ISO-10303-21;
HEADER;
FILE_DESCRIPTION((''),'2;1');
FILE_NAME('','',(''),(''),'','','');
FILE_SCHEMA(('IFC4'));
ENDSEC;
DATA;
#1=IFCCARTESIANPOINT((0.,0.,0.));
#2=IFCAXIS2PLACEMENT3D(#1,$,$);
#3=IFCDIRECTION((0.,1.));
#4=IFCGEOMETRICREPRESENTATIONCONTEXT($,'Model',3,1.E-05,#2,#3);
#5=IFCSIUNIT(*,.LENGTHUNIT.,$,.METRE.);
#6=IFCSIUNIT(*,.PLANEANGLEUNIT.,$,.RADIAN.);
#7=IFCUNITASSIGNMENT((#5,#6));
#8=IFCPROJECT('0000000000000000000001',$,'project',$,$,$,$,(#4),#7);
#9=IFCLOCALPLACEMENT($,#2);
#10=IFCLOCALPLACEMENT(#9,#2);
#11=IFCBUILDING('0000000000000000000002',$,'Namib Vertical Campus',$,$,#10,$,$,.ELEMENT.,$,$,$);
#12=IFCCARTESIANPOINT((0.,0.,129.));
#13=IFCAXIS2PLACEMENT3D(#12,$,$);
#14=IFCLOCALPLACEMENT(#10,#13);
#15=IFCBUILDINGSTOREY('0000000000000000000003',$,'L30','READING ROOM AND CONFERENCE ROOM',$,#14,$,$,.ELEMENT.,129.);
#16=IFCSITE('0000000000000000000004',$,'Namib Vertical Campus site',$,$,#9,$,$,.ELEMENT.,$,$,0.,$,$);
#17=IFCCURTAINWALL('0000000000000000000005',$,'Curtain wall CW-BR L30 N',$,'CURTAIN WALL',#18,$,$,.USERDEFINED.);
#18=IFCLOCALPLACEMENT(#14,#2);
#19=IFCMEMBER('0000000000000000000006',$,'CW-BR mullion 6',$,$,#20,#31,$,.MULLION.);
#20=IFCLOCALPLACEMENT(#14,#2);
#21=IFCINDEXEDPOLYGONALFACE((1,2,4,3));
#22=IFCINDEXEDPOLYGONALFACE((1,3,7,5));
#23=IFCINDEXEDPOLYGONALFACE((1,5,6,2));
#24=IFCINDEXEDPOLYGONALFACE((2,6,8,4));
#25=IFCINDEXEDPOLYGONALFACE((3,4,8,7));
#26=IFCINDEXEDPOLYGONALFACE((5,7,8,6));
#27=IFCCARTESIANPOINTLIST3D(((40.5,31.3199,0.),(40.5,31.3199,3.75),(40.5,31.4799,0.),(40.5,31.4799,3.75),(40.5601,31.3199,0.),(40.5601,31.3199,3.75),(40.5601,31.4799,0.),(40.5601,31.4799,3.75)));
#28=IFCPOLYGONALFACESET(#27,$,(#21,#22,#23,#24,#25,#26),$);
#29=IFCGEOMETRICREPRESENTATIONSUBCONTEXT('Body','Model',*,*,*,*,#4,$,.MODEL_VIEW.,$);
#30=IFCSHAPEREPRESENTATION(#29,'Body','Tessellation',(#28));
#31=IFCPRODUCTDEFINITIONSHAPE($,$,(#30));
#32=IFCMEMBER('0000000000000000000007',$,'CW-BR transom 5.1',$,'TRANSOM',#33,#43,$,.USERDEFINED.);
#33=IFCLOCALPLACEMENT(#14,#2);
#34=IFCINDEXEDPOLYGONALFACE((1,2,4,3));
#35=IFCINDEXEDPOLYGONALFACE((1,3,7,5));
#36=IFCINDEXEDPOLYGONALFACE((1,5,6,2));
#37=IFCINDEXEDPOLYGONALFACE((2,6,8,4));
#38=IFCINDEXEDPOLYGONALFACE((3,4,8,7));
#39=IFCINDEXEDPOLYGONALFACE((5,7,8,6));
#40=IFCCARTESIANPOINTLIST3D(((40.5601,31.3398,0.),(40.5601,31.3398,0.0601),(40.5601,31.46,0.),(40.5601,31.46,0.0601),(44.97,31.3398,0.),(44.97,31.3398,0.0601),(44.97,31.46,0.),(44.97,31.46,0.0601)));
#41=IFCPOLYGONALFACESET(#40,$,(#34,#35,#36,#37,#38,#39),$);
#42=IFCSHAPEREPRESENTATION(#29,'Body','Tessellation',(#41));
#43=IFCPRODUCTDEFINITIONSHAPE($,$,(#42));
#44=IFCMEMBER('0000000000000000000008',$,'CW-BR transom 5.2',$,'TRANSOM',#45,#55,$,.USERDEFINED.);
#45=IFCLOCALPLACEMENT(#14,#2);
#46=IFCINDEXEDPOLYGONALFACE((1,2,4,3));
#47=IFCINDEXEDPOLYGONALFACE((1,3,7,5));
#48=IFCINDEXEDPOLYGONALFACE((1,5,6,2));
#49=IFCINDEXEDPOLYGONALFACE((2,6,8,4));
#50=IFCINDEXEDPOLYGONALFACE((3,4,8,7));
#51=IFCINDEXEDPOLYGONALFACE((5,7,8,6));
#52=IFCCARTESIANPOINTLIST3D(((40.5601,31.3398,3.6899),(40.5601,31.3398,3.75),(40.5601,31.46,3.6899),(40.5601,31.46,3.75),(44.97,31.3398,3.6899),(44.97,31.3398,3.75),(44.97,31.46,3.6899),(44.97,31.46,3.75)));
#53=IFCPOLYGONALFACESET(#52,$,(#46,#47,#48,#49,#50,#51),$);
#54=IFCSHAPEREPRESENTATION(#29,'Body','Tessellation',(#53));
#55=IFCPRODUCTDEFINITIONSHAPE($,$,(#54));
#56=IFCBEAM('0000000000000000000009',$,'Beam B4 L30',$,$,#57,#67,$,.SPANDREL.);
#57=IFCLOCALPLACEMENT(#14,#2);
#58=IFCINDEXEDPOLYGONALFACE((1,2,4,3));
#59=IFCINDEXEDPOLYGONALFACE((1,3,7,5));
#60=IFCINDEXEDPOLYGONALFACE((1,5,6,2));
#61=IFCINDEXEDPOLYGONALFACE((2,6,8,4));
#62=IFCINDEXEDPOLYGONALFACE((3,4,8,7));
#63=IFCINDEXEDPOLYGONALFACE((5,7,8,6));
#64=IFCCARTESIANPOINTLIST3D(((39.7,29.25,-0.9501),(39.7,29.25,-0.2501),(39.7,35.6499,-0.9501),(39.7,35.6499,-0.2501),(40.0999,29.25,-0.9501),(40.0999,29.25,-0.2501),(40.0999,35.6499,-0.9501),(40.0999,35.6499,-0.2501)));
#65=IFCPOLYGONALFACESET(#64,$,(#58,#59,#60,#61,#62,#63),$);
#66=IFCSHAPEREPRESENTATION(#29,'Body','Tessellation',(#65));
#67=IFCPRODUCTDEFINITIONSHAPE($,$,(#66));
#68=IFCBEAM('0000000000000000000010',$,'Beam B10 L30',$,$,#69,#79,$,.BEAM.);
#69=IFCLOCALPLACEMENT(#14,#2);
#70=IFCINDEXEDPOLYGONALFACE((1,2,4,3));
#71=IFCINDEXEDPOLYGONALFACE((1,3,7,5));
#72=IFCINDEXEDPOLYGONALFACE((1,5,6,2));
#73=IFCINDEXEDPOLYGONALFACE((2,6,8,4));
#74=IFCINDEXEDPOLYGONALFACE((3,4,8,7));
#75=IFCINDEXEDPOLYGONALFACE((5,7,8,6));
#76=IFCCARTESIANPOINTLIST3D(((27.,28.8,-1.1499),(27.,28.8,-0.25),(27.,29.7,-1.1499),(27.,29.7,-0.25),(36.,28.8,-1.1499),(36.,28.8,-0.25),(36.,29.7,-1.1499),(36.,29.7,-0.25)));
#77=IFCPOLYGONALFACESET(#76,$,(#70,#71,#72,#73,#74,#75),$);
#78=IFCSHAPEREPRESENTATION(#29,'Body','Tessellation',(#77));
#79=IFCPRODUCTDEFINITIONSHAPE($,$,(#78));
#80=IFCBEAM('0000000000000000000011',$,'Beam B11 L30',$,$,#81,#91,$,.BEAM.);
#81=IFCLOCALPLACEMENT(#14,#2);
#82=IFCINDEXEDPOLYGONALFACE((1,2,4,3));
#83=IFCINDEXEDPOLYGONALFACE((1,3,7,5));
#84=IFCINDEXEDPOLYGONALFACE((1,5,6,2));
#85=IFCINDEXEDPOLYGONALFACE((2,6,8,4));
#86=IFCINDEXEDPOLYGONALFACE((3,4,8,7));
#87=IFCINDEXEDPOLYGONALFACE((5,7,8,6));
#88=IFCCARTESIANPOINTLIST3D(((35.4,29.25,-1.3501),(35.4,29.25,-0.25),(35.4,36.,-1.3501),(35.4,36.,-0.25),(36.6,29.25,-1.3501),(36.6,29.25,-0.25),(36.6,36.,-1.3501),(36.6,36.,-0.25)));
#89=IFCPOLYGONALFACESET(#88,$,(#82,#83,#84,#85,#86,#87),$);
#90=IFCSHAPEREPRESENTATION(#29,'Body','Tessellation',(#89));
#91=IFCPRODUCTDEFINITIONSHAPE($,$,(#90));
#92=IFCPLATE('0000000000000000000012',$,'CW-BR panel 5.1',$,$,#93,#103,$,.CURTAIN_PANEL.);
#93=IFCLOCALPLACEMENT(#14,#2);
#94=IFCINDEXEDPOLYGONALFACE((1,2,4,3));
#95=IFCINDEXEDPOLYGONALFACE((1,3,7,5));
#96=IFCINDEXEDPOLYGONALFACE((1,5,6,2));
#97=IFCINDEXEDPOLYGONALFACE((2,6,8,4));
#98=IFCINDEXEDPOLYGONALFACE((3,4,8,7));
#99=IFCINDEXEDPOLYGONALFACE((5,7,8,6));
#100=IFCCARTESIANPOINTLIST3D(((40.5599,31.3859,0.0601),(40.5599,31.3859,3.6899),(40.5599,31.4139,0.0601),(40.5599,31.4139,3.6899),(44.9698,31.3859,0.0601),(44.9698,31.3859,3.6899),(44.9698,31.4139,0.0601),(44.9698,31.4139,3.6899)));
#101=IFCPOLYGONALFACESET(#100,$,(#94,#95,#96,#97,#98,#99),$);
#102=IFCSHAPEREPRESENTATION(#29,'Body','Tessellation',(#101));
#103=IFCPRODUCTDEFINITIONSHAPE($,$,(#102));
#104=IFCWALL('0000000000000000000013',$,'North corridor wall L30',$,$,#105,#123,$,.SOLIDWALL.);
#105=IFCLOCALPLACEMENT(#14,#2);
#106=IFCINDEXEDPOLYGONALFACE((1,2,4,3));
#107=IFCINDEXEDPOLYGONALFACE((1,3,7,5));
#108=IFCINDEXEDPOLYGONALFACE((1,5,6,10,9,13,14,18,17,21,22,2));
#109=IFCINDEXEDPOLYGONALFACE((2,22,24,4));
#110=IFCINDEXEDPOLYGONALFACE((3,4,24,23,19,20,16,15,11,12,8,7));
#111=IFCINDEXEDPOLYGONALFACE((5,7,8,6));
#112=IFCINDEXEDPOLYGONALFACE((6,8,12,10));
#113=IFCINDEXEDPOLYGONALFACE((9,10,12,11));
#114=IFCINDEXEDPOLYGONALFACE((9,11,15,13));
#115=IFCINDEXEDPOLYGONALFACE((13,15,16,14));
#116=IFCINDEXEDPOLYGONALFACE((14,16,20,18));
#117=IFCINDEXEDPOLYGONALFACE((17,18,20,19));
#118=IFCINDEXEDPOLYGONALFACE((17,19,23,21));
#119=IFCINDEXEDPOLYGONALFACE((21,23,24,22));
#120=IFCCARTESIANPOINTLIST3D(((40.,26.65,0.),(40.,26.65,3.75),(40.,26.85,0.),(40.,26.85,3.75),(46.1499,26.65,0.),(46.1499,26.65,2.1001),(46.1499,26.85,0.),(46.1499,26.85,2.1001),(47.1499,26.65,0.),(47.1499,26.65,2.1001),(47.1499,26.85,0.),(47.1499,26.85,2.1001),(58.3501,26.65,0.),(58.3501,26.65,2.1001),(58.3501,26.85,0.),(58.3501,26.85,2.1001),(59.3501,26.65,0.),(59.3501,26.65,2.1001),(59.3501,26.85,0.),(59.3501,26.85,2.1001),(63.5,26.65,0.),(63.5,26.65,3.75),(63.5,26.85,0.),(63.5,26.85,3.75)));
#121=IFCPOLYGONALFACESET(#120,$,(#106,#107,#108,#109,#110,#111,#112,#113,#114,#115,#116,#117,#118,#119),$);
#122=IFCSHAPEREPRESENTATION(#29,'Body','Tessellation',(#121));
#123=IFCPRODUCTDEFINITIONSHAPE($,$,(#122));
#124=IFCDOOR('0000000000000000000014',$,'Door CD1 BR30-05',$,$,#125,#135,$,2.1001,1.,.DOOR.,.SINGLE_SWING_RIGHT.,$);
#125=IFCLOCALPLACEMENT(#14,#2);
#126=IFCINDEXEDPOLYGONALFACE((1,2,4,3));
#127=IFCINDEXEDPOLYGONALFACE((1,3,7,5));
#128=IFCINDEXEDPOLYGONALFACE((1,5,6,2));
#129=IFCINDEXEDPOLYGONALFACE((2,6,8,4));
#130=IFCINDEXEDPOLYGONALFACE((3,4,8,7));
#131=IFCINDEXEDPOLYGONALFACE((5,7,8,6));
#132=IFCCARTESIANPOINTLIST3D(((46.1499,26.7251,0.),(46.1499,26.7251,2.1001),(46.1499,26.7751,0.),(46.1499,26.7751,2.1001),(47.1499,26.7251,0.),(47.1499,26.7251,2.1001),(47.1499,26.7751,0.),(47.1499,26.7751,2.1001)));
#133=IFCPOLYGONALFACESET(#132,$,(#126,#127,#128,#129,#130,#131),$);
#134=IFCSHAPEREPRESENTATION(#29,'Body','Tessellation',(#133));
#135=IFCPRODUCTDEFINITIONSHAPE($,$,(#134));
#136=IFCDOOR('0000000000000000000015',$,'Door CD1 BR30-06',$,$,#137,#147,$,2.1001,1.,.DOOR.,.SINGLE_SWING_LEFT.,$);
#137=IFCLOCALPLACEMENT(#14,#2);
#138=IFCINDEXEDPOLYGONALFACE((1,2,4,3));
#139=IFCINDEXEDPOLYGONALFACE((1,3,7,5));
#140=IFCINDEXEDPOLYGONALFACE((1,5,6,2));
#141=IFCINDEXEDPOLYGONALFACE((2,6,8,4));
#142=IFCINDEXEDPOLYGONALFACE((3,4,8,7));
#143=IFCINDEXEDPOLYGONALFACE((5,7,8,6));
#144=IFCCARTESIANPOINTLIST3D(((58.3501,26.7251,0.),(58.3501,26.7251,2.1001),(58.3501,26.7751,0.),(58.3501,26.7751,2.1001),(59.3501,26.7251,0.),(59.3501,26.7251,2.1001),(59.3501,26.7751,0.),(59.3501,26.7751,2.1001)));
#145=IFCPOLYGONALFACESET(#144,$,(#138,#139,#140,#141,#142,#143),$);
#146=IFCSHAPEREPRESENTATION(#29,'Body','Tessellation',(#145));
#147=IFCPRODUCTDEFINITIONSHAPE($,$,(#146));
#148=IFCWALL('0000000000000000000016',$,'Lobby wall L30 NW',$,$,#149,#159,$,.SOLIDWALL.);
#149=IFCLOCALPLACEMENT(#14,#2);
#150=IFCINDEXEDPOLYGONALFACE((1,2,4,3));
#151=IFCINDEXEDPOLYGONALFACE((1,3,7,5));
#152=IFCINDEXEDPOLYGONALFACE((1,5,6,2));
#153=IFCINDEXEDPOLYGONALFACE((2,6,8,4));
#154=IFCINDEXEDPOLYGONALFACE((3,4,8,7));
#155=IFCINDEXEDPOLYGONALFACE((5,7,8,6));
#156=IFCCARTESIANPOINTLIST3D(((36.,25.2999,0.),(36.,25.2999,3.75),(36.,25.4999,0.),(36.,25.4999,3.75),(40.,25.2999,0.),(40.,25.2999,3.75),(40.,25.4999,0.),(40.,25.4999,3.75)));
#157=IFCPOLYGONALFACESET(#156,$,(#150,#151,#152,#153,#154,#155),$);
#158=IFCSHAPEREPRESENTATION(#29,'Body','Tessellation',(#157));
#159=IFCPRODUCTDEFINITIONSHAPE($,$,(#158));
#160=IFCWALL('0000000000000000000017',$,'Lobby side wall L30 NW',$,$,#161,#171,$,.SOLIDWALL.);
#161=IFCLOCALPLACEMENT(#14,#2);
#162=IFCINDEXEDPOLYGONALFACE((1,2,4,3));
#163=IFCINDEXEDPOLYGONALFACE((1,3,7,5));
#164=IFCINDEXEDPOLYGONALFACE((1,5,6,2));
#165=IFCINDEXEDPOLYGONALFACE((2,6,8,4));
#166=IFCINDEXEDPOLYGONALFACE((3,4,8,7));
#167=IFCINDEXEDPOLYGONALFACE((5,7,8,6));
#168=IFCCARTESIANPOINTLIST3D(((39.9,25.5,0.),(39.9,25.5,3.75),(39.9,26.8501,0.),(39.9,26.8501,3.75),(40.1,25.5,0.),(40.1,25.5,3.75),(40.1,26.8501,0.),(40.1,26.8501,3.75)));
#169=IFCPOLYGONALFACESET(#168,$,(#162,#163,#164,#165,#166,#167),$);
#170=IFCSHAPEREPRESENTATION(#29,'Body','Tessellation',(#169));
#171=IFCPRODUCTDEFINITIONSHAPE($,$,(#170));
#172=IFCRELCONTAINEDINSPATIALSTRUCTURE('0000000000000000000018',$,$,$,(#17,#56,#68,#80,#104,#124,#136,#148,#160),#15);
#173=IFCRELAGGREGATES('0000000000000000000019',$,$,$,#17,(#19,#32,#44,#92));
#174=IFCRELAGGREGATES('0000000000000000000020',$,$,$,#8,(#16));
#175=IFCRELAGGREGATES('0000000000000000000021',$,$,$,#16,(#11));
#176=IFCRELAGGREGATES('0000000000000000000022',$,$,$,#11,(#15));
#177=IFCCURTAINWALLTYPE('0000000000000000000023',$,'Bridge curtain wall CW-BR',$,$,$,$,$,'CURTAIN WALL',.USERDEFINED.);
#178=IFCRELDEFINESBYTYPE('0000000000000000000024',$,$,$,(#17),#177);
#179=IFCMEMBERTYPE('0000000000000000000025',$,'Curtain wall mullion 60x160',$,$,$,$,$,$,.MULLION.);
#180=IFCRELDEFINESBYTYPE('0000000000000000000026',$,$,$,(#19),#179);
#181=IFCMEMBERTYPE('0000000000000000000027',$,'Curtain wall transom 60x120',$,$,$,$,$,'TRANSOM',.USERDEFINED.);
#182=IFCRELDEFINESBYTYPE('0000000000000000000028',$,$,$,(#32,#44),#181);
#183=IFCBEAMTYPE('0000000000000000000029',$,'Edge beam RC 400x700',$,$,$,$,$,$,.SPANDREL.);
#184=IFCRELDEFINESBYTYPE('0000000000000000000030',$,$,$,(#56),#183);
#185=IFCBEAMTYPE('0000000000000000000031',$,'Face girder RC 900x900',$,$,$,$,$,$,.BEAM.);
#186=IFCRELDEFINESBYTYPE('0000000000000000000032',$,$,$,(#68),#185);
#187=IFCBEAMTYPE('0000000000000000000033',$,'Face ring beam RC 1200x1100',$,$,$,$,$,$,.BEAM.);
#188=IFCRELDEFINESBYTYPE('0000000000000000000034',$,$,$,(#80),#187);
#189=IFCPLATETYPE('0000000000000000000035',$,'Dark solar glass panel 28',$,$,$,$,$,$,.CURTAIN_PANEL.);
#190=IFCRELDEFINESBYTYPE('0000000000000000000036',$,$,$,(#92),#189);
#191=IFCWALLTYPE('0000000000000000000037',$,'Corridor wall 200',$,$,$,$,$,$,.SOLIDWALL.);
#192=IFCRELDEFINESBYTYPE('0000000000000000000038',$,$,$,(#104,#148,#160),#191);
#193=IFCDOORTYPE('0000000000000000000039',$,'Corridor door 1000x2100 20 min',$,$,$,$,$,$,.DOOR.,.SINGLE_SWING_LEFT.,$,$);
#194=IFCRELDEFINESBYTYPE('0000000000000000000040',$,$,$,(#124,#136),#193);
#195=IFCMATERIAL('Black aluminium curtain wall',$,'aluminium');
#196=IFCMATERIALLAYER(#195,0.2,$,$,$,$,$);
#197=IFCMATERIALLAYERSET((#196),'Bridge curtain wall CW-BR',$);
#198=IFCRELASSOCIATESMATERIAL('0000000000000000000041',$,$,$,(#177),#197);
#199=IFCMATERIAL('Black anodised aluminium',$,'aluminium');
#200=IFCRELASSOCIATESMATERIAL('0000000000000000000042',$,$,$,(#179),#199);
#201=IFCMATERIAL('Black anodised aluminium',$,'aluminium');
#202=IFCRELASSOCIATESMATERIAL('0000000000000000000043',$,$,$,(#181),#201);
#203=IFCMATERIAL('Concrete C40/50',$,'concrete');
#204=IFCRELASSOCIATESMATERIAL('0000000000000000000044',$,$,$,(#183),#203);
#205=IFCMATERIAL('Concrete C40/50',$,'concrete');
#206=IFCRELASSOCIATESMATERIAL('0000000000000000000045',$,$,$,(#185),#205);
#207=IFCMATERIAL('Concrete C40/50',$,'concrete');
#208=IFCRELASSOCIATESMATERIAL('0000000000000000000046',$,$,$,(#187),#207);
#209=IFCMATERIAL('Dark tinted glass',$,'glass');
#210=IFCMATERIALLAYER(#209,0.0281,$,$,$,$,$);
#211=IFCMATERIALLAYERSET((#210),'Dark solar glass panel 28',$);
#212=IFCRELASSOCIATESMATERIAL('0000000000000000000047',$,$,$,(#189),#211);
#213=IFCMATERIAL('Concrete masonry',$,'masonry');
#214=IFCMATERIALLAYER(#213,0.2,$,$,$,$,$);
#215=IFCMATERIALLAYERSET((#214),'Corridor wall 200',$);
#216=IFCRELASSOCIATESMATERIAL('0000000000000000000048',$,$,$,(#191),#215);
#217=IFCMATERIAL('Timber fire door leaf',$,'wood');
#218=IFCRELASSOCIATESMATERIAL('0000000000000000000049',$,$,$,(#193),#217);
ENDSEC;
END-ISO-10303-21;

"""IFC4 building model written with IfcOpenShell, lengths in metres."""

from ifc_helpers import new_model, si_unit, direction, frame, frame_2d, origin, origin_2d, place, context, subcontext, project, spatial, rectangle, extrude, material, layer, layer_set, material_profile, profile_set, type_object, element, fill, aggregate, save


model = new_model("IFC4")

# Units and contexts
model_context = context("Model", 3, precision=1e-05, world=origin(), true_north=direction((0.0, 1.0)))
body_context = subcontext(model_context, "Body", "Model", "MODEL_VIEW")
ifc_project = project(units=[si_unit("LENGTHUNIT", "METRE"), si_unit("PLANEANGLEUNIT", "RADIAN")], contexts=[model_context])

# Site, building, storey
site_placement = place(None, origin())
site = spatial("IfcSite", under=ifc_project, at=site_placement, Name="Namib Vertical Campus site", CompositionType="ELEMENT", RefElevation=0.0)
building_placement = place(site_placement, origin())
building = spatial("IfcBuilding", under=site, at=building_placement, Name="Namib Vertical Campus", CompositionType="ELEMENT")
storey_placement = place(building_placement, frame((0.0, 0.0, 129.0)))
storey = spatial("IfcBuildingStorey", under=building, at=storey_placement, Name="L30", Description="READING ROOM AND CONFERENCE ROOM", CompositionType="ELEMENT", Elevation=129.0)

# Curtain wall, members
ifc_material_1 = material(Name="Black aluminium curtain wall", Category="aluminium")
ifc_layer_1 = layer(ifc_material_1, 0.2)
ifc_layer_set_1 = layer_set([ifc_layer_1], Name="Bridge curtain wall CW-BR")
curtain_wall_type = type_object("IfcCurtainWallType", Name="Bridge curtain wall CW-BR", ElementType="CURTAIN WALL", PredefinedType="USERDEFINED", material=ifc_layer_set_1)
curtain_wall_placement = place(storey_placement, origin())
curtain_wall = element("IfcCurtainWall", 1, at=curtain_wall_placement, inside=storey, type_object=curtain_wall_type, Name="Curtain wall CW-BR L30 N", ObjectType="CURTAIN WALL", PredefinedType="USERDEFINED")
ifc_material_2 = material(Name="Black anodised aluminium", Category="aluminium")
ifc_material_profile_1 = material_profile(ifc_material_2, rectangle(XDim=0.0601, YDim=0.1599, at=origin_2d()))
ifc_profile_set_1 = profile_set([ifc_material_profile_1], Name="Black anodised aluminium")
member_type_1 = type_object("IfcMemberType", Name="Curtain wall mullion 60x160", PredefinedType="MULLION", material=ifc_profile_set_1)
member_1_placement = place(storey_placement, frame((40.53, 31.3999, 0.0), z_axis=(0.0, 0.0, 1.0), x_axis=(-1.0, 0.0, 0.0)))
member_1 = element("IfcMember", 2, at=member_1_placement, type_object=member_type_1, Name="CW-BR mullion 6", PredefinedType="MULLION", context=body_context, shape_type="SweptSolid", body=[
    extrude(rectangle(XDim=0.0601, YDim=0.1599, at=origin_2d()), origin(), (0.0, 0.0, 1.0), 3.75),
])
ifc_material_3 = material(Name="Black anodised aluminium", Category="aluminium")
ifc_material_profile_2 = material_profile(ifc_material_3, rectangle(XDim=0.0601, YDim=0.1201, at=origin_2d()))
ifc_profile_set_2 = profile_set([ifc_material_profile_2], Name="Black anodised aluminium")
member_type_2 = type_object("IfcMemberType", Name="Curtain wall transom 60x120", ElementType="TRANSOM", PredefinedType="USERDEFINED", material=ifc_profile_set_2)
member_2_placement = place(storey_placement, frame((44.97, 31.3999, 0.03), z_axis=(-1.0, 0.0, 0.0), x_axis=(0.0, 0.0, 1.0)))
member_2 = element("IfcMember", 3, at=member_2_placement, type_object=member_type_2, Name="CW-BR transom 5.1", ObjectType="TRANSOM", PredefinedType="USERDEFINED", context=body_context, shape_type="SweptSolid", body=[
    extrude(rectangle(XDim=0.0601, YDim=0.1201, at=origin_2d()), origin(), (0.0, 0.0, 1.0), 4.4099),
])
member_3_placement = place(storey_placement, frame((44.97, 31.3999, 3.72), z_axis=(-1.0, 0.0, 0.0), x_axis=(0.0, 0.0, 1.0)))
member_3 = element("IfcMember", 4, at=member_3_placement, type_object=member_type_2, Name="CW-BR transom 5.2", ObjectType="TRANSOM", PredefinedType="USERDEFINED", context=body_context, shape_type="SweptSolid", body=[
    extrude(rectangle(XDim=0.0601, YDim=0.1201, at=origin_2d()), origin(), (0.0, 0.0, 1.0), 4.4099),
])

# Beams
ifc_material_4 = material(Name="Concrete C40/50", Category="concrete")
ifc_material_profile_3 = material_profile(ifc_material_4, rectangle(XDim=0.3999, YDim=0.7, at=origin_2d()))
ifc_profile_set_3 = profile_set([ifc_material_profile_3], Name="Concrete C40/50")
beam_type_1 = type_object("IfcBeamType", Name="Edge beam RC 400x700", PredefinedType="SPANDREL", material=ifc_profile_set_3)
beam_1_placement = place(storey_placement, frame((39.8999, 29.25, -0.6001), z_axis=(0.0, 1.0, 0.0), x_axis=(-1.0, 0.0, 0.0)))
element("IfcBeam", 5, at=beam_1_placement, inside=storey, type_object=beam_type_1, Name="Beam B4 L30", PredefinedType="SPANDREL", context=body_context, shape_type="SweptSolid", body=[
    extrude(rectangle(XDim=0.3999, YDim=0.7, at=origin_2d()), origin(), (0.0, 0.0, 1.0), 6.3999),
])
ifc_material_5 = material(Name="Concrete C40/50", Category="concrete")
ifc_material_profile_4 = material_profile(ifc_material_5, rectangle(XDim=0.8999, YDim=0.8999, at=origin_2d()))
ifc_profile_set_4 = profile_set([ifc_material_profile_4], Name="Concrete C40/50")
beam_type_2 = type_object("IfcBeamType", Name="Face girder RC 900x900", PredefinedType="BEAM", material=ifc_profile_set_4)
beam_2_placement = place(storey_placement, frame((36.0, 29.25, -0.7), z_axis=(-1.0, 0.0, 0.0), x_axis=(0.0, -1.0, 0.0)))
element("IfcBeam", 6, at=beam_2_placement, inside=storey, type_object=beam_type_2, Name="Beam B10 L30", PredefinedType="BEAM", context=body_context, shape_type="SweptSolid", body=[
    extrude(rectangle(XDim=0.8999, YDim=0.8999, at=origin_2d()), origin(), (0.0, 0.0, 1.0), 9.0),
])
ifc_material_6 = material(Name="Concrete C40/50", Category="concrete")
ifc_material_profile_5 = material_profile(ifc_material_6, rectangle(XDim=1.2, YDim=1.1001, at=origin_2d()))
ifc_profile_set_5 = profile_set([ifc_material_profile_5], Name="Concrete C40/50")
beam_type_3 = type_object("IfcBeamType", Name="Face ring beam RC 1200x1100", PredefinedType="BEAM", material=ifc_profile_set_5)
beam_3_placement = place(storey_placement, frame((36.0, 29.25, -0.8), z_axis=(0.0, 1.0, 0.0), x_axis=(-1.0, 0.0, 0.0)))
element("IfcBeam", 7, at=beam_3_placement, inside=storey, type_object=beam_type_3, Name="Beam B11 L30", PredefinedType="BEAM", context=body_context, shape_type="SweptSolid", body=[
    extrude(rectangle(XDim=1.2, YDim=1.1001, at=origin_2d()), origin(), (0.0, 0.0, 1.0), 6.75),
])

# Plate
ifc_material_7 = material(Name="Dark tinted glass", Category="glass")
ifc_layer_2 = layer(ifc_material_7, 0.0281)
ifc_layer_set_2 = layer_set([ifc_layer_2], Name="Dark solar glass panel 28")
plate_type = type_object("IfcPlateType", Name="Dark solar glass panel 28", PredefinedType="CURTAIN_PANEL", material=ifc_layer_set_2)
plate_placement = place(storey_placement, frame((42.7649, 31.3999, 0.0601), z_axis=(0.0, 0.0, 1.0), x_axis=(-1.0, 0.0, 0.0)))
plate = element("IfcPlate", 8, at=plate_placement, type_object=plate_type, Name="CW-BR panel 5.1", PredefinedType="CURTAIN_PANEL", context=body_context, shape_type="SweptSolid", body=[
    extrude(rectangle(XDim=4.4099, YDim=0.0281, at=origin_2d()), origin(), (0.0, 0.0, 1.0), 3.6299),
])
aggregate(curtain_wall, [member_1, member_2, member_3, plate])

# Wall, openings, doors
ifc_material_8 = material(Name="Concrete masonry", Category="masonry")
ifc_layer_3 = layer(ifc_material_8, 0.2)
ifc_layer_set_3 = layer_set([ifc_layer_3], Name="Corridor wall 200")
wall_type_1 = type_object("IfcWallType", Name="Corridor wall 200", PredefinedType="SOLIDWALL", material=ifc_layer_set_3)
wall_1_placement = place(storey_placement, frame((40.0, 26.75, 0.0), z_axis=(0.0, 0.0, 1.0), x_axis=(1.0, 0.0, 0.0)))
wall_1 = element("IfcWall", 9, at=wall_1_placement, inside=storey, type_object=wall_type_1, Name="North corridor wall L30", PredefinedType="SOLIDWALL", context=body_context, shape_type="SweptSolid", body=[
    extrude(rectangle(XDim=23.5, YDim=0.2, at=frame_2d((11.75, 0.0))), origin(), (0.0, 0.0, 1.0), 3.75),
])
opening_1_placement = place(wall_1_placement, frame((6.1499, 0.0, 0.0)))
opening_1 = element("IfcOpeningElement", 10, at=opening_1_placement, cuts=wall_1, PredefinedType="OPENING", context=body_context, shape_type="SweptSolid", body=[
    extrude(rectangle(XDim=1.0, YDim=2.1001, at=frame_2d((0.5, 1.05))), frame((0.0, 0.1099, 0.0), z_axis=(0.0, -1.0, 0.0), x_axis=(1.0, 0.0, 0.0)), (0.0, 0.0, 1.0), 0.22),
])
opening_2_placement = place(wall_1_placement, frame((18.3501, 0.0, 0.0)))
opening_2 = element("IfcOpeningElement", 11, at=opening_2_placement, cuts=wall_1, PredefinedType="OPENING", context=body_context, shape_type="SweptSolid", body=[
    extrude(rectangle(XDim=1.0, YDim=2.1001, at=frame_2d((0.5, 1.05))), frame((0.0, 0.1099, 0.0), z_axis=(0.0, -1.0, 0.0), x_axis=(1.0, 0.0, 0.0)), (0.0, 0.0, 1.0), 0.22),
])
ifc_material_9 = material(Name="Timber fire door leaf", Category="wood")
door_type = type_object("IfcDoorType", Name="Corridor door 1000x2100 20 min", OperationType="SINGLE_SWING_LEFT", PredefinedType="DOOR", material=ifc_material_9)
door_1_placement = place(opening_1_placement, frame((1.0, 0.0, 0.0), z_axis=(0.0, 0.0, 1.0), x_axis=(-1.0, 0.0, 0.0)))
door_1 = element("IfcDoor", 12, at=door_1_placement, inside=storey, type_object=door_type, Name="Door CD1 BR30-05", OperationType="SINGLE_SWING_RIGHT", OverallHeight=2.1001, OverallWidth=1.0, PredefinedType="DOOR", context=body_context, shape_type="SweptSolid", body=[
    extrude(rectangle(XDim=1.0, YDim=2.1001, at=frame_2d((0.5, 1.05))), frame((0.0, 0.0249, 0.0), z_axis=(0.0, -1.0, 0.0), x_axis=(1.0, 0.0, 0.0)), (0.0, 0.0, 1.0), 0.05),
])
fill(opening_1, door_1)
door_2_placement = place(opening_2_placement, frame((1.0, 0.0, 0.0), z_axis=(0.0, 0.0, 1.0), x_axis=(-1.0, 0.0, 0.0)))
door_2 = element("IfcDoor", 13, at=door_2_placement, inside=storey, type_object=door_type, Name="Door CD1 BR30-06", OperationType="SINGLE_SWING_LEFT", OverallHeight=2.1001, OverallWidth=1.0, PredefinedType="DOOR", context=body_context, shape_type="SweptSolid", body=[
    extrude(rectangle(XDim=1.0, YDim=2.1001, at=frame_2d((0.5, 1.05))), frame((0.0, 0.0249, 0.0), z_axis=(0.0, -1.0, 0.0), x_axis=(1.0, 0.0, 0.0)), (0.0, 0.0, 1.0), 0.05),
])
fill(opening_2, door_2)

# Walls
wall_2_placement = place(storey_placement, frame((36.0, 25.3999, 0.0), z_axis=(0.0, 0.0, 1.0), x_axis=(1.0, 0.0, 0.0)))
element("IfcWall", 14, at=wall_2_placement, inside=storey, type_object=wall_type_1, Name="Lobby wall L30 NW", PredefinedType="SOLIDWALL", context=body_context, shape_type="SweptSolid", body=[
    extrude(rectangle(XDim=4.0, YDim=0.2, at=frame_2d((2.0, 0.0))), origin(), (0.0, 0.0, 1.0), 3.75),
])
wall_3_placement = place(storey_placement, frame((40.0, 26.8501, 0.0), z_axis=(0.0, 0.0, 1.0), x_axis=(0.0, -1.0, 0.0)))
element("IfcWall", 15, at=wall_3_placement, inside=storey, type_object=wall_type_1, Name="Lobby side wall L30 NW", PredefinedType="SOLIDWALL", context=body_context, shape_type="SweptSolid", body=[
    extrude(rectangle(XDim=1.3501, YDim=0.2, at=frame_2d((0.675, 0.0))), origin(), (0.0, 0.0, 1.0), 3.75),
])

save(model, "model.ifc")
